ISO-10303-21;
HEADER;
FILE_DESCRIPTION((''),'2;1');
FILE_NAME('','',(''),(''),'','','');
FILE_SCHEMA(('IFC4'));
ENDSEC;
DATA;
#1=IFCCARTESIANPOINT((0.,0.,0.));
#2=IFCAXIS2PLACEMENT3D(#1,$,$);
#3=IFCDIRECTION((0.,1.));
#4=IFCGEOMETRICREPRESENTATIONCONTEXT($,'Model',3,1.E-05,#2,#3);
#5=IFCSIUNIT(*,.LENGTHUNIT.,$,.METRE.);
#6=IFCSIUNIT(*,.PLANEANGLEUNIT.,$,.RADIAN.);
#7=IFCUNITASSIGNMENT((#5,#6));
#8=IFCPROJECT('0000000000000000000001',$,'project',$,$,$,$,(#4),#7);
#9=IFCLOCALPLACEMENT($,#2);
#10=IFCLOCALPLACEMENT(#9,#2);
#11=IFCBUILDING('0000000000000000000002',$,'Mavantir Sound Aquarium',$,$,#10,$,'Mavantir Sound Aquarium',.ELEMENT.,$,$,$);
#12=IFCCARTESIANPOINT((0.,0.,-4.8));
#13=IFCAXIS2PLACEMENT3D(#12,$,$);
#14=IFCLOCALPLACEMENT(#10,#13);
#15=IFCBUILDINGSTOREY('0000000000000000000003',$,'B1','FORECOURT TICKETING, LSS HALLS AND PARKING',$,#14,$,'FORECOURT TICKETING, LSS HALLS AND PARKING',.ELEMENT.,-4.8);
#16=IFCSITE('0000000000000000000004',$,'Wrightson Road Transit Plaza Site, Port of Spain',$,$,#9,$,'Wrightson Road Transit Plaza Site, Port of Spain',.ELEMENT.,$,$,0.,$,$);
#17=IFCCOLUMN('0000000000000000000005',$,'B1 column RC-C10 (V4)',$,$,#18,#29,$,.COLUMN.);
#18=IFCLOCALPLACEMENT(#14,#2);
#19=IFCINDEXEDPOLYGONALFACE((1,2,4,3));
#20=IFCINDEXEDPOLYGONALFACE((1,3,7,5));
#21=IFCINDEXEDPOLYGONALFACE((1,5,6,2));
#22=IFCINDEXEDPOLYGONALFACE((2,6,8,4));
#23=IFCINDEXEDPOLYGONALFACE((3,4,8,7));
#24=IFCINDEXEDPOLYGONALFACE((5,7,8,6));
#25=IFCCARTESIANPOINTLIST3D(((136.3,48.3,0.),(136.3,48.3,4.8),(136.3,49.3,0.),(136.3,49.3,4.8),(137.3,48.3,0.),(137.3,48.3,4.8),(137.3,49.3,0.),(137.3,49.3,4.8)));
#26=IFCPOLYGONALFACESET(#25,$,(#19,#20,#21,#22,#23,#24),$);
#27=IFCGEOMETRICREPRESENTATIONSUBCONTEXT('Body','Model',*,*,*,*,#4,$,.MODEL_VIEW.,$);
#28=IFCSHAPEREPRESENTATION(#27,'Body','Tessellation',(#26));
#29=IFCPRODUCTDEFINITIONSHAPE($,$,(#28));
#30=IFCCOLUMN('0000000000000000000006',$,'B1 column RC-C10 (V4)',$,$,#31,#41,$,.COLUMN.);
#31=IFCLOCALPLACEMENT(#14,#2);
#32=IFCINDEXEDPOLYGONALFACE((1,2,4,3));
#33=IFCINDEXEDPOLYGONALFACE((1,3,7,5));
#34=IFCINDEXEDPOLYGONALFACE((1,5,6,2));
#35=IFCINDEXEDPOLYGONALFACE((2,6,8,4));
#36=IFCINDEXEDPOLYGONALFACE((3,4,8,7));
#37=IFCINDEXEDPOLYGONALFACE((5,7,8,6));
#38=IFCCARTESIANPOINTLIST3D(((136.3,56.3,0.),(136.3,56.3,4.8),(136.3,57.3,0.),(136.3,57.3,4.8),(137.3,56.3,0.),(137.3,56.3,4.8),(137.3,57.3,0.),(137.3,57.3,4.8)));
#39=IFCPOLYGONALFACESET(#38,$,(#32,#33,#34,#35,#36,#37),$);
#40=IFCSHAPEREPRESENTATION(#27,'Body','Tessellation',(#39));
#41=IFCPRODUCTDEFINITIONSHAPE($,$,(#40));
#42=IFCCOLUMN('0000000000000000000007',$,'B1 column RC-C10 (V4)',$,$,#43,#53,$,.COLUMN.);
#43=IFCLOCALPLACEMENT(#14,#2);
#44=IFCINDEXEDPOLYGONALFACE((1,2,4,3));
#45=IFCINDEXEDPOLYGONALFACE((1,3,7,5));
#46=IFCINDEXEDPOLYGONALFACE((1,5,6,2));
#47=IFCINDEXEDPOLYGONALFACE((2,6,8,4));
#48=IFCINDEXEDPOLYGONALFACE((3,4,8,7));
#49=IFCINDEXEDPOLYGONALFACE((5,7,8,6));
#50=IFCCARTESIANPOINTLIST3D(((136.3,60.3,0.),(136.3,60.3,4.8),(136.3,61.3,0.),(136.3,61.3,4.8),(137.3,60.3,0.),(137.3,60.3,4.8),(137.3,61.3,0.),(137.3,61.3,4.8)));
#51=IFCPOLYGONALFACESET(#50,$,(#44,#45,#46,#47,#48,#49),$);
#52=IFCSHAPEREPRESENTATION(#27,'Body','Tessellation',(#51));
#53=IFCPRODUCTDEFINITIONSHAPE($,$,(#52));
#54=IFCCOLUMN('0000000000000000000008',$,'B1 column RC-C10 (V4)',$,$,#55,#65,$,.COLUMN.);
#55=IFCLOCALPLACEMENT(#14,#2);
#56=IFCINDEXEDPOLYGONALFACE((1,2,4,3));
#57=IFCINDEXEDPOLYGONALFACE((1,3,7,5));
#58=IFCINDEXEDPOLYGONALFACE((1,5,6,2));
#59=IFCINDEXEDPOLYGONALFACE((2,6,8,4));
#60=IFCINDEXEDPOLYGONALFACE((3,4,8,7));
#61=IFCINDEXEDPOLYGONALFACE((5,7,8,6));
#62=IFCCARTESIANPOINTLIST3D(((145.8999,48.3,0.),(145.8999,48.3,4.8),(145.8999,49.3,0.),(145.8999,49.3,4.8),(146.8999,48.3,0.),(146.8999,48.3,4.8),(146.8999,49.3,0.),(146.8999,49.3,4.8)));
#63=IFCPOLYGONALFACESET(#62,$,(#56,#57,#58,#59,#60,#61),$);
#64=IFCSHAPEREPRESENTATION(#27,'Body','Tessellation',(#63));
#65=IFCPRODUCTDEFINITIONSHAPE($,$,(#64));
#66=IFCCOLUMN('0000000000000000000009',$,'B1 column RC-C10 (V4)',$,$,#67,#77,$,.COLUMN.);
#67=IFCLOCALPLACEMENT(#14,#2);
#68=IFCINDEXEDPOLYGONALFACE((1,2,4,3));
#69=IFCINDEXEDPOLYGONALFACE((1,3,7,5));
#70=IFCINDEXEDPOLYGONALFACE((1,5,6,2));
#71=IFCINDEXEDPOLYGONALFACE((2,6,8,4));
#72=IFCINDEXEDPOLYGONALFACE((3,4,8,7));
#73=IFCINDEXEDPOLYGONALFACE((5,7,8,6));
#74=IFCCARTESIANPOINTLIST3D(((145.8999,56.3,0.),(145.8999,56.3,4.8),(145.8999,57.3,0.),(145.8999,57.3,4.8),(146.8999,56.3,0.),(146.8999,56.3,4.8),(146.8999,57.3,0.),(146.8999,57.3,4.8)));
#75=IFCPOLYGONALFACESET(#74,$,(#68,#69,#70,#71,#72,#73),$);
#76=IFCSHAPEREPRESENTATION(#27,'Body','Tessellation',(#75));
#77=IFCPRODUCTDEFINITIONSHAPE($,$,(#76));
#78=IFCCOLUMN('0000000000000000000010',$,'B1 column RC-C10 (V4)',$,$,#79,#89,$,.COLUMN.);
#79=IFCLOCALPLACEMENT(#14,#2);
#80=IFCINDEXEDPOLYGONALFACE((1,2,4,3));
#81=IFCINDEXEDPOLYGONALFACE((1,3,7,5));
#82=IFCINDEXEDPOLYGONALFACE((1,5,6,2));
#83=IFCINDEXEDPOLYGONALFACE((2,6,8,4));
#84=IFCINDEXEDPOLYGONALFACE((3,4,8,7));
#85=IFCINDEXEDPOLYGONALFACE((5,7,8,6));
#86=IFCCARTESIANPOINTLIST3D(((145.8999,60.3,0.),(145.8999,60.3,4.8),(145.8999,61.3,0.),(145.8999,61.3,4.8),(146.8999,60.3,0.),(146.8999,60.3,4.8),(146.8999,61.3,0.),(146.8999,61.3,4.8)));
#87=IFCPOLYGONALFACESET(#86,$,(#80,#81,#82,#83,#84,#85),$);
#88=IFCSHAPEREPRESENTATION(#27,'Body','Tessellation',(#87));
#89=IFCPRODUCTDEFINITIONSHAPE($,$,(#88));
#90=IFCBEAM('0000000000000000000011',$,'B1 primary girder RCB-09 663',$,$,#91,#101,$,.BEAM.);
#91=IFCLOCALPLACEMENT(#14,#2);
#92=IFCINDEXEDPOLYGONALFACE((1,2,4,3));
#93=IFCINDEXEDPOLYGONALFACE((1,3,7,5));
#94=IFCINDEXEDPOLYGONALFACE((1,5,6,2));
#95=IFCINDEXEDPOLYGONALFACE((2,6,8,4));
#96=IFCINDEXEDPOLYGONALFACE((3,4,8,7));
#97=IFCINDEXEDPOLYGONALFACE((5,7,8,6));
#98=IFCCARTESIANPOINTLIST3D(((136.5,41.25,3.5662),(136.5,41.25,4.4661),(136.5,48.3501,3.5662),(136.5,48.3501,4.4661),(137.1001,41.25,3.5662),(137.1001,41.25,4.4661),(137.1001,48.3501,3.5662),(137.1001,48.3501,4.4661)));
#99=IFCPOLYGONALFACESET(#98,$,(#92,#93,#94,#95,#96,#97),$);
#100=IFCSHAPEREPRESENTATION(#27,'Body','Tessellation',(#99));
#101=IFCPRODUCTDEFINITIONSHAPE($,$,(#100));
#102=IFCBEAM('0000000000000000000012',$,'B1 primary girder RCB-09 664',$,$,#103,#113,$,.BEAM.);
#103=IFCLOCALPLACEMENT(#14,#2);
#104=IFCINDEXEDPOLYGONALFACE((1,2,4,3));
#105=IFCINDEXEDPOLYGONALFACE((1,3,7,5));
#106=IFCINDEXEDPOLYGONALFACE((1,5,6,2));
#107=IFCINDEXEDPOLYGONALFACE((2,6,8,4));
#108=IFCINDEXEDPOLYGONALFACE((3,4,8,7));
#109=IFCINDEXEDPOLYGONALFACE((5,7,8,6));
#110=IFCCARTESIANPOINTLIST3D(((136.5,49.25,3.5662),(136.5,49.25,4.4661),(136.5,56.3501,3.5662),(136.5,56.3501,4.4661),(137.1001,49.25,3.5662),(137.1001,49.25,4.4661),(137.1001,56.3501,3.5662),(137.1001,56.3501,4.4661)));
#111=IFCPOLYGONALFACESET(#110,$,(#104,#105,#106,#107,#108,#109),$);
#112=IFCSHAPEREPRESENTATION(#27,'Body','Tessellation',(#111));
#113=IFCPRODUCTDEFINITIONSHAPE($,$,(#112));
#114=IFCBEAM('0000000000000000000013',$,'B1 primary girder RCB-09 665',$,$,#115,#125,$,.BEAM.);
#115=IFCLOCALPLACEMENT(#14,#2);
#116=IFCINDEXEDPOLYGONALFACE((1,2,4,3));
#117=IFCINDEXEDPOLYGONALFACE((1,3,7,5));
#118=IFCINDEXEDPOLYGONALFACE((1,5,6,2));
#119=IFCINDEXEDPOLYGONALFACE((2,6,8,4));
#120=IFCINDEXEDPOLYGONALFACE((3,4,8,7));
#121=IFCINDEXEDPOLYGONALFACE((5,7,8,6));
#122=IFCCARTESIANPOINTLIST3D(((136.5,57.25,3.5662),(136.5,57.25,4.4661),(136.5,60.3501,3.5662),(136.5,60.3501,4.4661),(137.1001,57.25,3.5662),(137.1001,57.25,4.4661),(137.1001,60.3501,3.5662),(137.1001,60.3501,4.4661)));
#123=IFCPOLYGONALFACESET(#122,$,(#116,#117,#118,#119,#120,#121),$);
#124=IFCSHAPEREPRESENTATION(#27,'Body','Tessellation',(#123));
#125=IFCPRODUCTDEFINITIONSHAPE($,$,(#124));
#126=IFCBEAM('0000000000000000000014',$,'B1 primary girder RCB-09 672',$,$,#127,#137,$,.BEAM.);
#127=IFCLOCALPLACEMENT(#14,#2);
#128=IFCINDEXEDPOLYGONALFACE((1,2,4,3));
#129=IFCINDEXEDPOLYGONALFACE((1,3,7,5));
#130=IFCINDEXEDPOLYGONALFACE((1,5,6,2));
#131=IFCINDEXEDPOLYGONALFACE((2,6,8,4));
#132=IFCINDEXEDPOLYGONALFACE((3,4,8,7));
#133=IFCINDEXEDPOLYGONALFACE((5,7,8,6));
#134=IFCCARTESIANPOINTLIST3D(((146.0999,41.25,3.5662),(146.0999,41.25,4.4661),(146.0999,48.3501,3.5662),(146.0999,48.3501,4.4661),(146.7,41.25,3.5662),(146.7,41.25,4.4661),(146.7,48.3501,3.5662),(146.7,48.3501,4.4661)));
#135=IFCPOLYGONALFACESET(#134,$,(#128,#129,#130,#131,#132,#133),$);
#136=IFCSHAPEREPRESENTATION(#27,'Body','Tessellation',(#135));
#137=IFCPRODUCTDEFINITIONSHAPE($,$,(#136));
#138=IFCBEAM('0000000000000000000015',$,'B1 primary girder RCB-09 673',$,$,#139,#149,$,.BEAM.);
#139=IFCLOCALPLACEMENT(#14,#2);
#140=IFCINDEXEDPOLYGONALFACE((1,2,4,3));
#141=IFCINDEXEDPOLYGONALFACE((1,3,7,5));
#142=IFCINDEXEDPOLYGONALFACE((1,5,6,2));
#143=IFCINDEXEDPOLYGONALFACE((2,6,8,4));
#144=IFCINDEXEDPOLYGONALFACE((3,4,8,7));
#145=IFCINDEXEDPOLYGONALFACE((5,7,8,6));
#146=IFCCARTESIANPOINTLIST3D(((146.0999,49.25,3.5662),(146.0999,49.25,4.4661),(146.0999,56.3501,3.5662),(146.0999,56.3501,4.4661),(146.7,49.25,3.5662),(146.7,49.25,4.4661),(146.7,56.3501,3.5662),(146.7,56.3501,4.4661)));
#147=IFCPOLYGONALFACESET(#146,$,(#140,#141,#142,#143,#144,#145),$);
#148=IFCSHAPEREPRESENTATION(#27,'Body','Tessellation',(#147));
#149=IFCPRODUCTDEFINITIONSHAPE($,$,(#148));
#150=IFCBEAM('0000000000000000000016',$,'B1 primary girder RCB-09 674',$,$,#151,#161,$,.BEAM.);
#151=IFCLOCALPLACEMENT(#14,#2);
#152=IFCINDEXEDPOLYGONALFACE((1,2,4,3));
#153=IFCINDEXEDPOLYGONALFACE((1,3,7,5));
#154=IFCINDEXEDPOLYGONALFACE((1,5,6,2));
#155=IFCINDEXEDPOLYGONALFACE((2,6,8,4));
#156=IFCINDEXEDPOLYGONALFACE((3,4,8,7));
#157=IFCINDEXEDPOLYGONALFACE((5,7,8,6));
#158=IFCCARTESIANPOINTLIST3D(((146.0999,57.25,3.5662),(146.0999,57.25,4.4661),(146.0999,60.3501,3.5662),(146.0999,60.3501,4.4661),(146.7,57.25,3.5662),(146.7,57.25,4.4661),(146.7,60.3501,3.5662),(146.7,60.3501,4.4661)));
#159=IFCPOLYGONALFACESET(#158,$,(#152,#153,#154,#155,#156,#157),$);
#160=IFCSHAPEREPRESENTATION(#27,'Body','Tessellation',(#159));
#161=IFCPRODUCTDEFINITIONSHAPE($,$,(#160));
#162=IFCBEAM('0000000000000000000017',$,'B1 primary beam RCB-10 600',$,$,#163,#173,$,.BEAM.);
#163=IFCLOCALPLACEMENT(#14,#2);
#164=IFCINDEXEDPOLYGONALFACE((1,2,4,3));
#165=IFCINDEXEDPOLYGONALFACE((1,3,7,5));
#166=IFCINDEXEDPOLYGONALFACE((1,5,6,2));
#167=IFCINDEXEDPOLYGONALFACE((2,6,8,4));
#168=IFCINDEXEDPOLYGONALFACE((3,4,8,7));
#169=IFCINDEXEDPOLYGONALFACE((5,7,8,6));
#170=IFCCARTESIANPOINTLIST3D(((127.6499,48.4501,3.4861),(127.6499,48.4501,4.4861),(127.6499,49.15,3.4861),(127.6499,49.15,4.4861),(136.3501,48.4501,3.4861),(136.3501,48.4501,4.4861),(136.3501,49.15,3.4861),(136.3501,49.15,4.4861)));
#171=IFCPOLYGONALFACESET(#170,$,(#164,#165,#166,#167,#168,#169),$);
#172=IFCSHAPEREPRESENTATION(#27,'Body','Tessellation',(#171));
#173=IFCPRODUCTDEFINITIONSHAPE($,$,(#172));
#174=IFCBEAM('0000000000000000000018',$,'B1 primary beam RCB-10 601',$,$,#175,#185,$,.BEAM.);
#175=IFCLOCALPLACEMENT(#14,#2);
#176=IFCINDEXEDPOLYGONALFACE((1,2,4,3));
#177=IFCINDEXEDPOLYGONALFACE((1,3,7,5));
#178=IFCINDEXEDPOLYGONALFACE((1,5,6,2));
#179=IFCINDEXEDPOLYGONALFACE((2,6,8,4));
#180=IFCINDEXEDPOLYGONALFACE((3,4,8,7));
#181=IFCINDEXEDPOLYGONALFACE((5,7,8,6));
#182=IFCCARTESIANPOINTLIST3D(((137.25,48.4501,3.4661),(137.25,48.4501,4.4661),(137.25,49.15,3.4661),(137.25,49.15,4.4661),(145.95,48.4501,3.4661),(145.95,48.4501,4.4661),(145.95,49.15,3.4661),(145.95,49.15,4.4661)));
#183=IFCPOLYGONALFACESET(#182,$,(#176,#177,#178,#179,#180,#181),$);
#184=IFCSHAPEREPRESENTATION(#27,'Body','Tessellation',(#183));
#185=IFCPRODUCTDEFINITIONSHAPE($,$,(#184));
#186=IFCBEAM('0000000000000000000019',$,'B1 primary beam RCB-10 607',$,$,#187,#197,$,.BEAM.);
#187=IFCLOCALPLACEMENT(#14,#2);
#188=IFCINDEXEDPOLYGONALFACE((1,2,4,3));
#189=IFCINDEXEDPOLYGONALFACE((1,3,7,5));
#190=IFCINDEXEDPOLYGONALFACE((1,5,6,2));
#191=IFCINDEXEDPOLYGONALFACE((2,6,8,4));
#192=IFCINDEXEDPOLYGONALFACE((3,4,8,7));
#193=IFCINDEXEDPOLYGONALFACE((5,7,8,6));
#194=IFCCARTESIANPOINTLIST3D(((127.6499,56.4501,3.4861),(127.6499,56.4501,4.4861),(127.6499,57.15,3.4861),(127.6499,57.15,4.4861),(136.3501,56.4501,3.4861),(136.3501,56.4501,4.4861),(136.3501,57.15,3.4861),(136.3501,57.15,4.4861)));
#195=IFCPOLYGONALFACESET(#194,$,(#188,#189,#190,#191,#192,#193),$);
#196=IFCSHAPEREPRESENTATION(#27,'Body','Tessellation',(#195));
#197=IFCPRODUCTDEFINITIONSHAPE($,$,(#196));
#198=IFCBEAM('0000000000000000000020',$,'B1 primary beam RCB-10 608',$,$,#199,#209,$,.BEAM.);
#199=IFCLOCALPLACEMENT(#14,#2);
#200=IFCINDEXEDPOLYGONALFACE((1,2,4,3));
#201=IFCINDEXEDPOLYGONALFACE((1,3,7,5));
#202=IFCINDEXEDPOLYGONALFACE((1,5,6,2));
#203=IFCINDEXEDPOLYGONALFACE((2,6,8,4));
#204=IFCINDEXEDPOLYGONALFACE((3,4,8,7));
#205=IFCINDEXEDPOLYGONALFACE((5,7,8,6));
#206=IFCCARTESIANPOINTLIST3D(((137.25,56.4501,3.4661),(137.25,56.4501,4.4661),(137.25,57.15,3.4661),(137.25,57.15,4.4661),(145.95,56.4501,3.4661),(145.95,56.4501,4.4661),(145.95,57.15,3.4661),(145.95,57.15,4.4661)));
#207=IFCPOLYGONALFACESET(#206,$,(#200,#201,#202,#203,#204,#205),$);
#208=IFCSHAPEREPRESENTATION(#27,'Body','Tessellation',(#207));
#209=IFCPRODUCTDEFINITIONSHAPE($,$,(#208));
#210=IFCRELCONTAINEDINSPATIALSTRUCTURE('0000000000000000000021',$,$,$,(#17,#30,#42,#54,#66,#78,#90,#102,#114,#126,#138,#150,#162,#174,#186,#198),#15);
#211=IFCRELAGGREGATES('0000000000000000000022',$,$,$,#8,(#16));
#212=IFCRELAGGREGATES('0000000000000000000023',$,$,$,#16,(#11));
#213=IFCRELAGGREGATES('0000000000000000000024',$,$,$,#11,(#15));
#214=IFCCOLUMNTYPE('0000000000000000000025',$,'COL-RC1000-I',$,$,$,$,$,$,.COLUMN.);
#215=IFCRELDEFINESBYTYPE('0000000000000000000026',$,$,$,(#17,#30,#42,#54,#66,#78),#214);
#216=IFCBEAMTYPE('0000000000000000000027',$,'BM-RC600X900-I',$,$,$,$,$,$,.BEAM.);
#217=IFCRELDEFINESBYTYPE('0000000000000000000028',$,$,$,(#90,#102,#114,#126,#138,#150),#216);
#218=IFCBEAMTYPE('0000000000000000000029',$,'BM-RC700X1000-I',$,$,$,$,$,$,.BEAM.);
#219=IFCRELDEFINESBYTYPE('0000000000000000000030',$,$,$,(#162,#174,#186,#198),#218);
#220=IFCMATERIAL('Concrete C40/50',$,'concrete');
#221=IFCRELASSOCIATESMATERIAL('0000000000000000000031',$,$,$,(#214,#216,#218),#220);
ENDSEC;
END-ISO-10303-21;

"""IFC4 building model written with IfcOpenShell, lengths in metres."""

from ifc_helpers import new_model, si_unit, direction, frame, origin, origin_2d, place, context, subcontext, project, spatial, rectangle, extrude, material, material_profile, profile_set, type_object, element, save


model = new_model("IFC4")

# Units and contexts
model_context = context("Model", 3, precision=1e-05, world=origin(), true_north=direction((0.0, 1.0)))
body_context = subcontext(model_context, "Body", "Model", "MODEL_VIEW")
ifc_project = project(units=[si_unit("LENGTHUNIT", "METRE"), si_unit("PLANEANGLEUNIT", "RADIAN")], contexts=[model_context])

# Site, building, storey
site_placement = place(None, origin())
site = spatial("IfcSite", under=ifc_project, at=site_placement, Name="Wrightson Road Transit Plaza Site, Port of Spain", LongName="Wrightson Road Transit Plaza Site, Port of Spain", CompositionType="ELEMENT", RefElevation=0.0)
building_placement = place(site_placement, origin())
building = spatial("IfcBuilding", under=site, at=building_placement, Name="Mavantir Sound Aquarium", LongName="Mavantir Sound Aquarium", CompositionType="ELEMENT")
storey_placement = place(building_placement, frame((0.0, 0.0, -4.8)))
storey = spatial("IfcBuildingStorey", under=building, at=storey_placement, Name="B1", Description="FORECOURT TICKETING, LSS HALLS AND PARKING", LongName="FORECOURT TICKETING, LSS HALLS AND PARKING", CompositionType="ELEMENT", Elevation=-4.8)

# Columns
ifc_material_1 = material(Name="Concrete C40/50", Category="concrete")
ifc_material_profile_1 = material_profile(ifc_material_1, rectangle(XDim=1.0, YDim=1.0, at=origin_2d()), Name="RC 1000X1000")
ifc_profile_set_1 = profile_set([ifc_material_profile_1], Name="Concrete C40/50")
column_type = type_object("IfcColumnType", Name="COL-RC1000-I", PredefinedType="COLUMN", material=ifc_profile_set_1)
for number, where, z_axis, x_axis, name in (
    (1, (136.8, 48.8, 0.0), (0.0, 0.0, 1.0), (1.0, 0.0, 0.0), "B1 column RC-C10 (V4)"),
    (2, (136.8, 56.8, 0.0), (0.0, 0.0, 1.0), (1.0, 0.0, 0.0), "B1 column RC-C10 (V4)"),
    (3, (136.8, 60.8, 0.0), (0.0, 0.0, 1.0), (1.0, 0.0, 0.0), "B1 column RC-C10 (V4)"),
    (4, (146.3999, 48.8, 0.0), (0.0, 0.0, 1.0), (1.0, 0.0, 0.0), "B1 column RC-C10 (V4)"),
    (5, (146.3999, 56.8, 0.0), (0.0, 0.0, 1.0), (1.0, 0.0, 0.0), "B1 column RC-C10 (V4)"),
    (6, (146.3999, 60.8, 0.0), (0.0, 0.0, 1.0), (1.0, 0.0, 0.0), "B1 column RC-C10 (V4)"),
):
    element("IfcColumn", number, at=place(storey_placement, frame(where, z_axis=z_axis, x_axis=x_axis)), inside=storey, type_object=column_type, Name=name, PredefinedType="COLUMN", context=body_context, shape_type="SweptSolid", body=[
        extrude(rectangle(XDim=1.0, YDim=1.0, at=origin_2d()), origin(), (0.0, 0.0, 1.0), 4.8),
    ])

# Beams
ifc_material_profile_2 = material_profile(ifc_material_1, rectangle(XDim=0.6001, YDim=0.8999, at=origin_2d()), Name="RC 600X900")
ifc_profile_set_2 = profile_set([ifc_material_profile_2], Name="Concrete C40/50")
beam_type_1 = type_object("IfcBeamType", Name="BM-RC600X900-I", PredefinedType="BEAM", material=ifc_profile_set_2)
for number, where, z_axis, x_axis, name in (
    (7, (136.8, 41.25, 4.0161), (0.0, 1.0, 0.0), (-1.0, 0.0, 0.0), "B1 primary girder RCB-09 663"),
    (8, (136.8, 49.25, 4.0161), (0.0, 1.0, 0.0), (-1.0, 0.0, 0.0), "B1 primary girder RCB-09 664"),
):
    element("IfcBeam", number, at=place(storey_placement, frame(where, z_axis=z_axis, x_axis=x_axis)), inside=storey, type_object=beam_type_1, Name=name, PredefinedType="BEAM", context=body_context, shape_type="SweptSolid", body=[
        extrude(rectangle(XDim=0.6001, YDim=0.8999, at=origin_2d()), origin(), (0.0, 0.0, 1.0), 7.1001),
    ])
beam_1_placement = place(storey_placement, frame((136.8, 57.25, 4.0161), z_axis=(0.0, 1.0, 0.0), x_axis=(-1.0, 0.0, 0.0)))
element("IfcBeam", 9, at=beam_1_placement, inside=storey, type_object=beam_type_1, Name="B1 primary girder RCB-09 665", PredefinedType="BEAM", context=body_context, shape_type="SweptSolid", body=[
    extrude(rectangle(XDim=0.6001, YDim=0.8999, at=origin_2d()), origin(), (0.0, 0.0, 1.0), 3.1001),
])
for number, where, z_axis, x_axis, name in (
    (10, (146.3999, 41.25, 4.0161), (0.0, 1.0, 0.0), (-1.0, 0.0, 0.0), "B1 primary girder RCB-09 672"),
    (11, (146.3999, 49.25, 4.0161), (0.0, 1.0, 0.0), (-1.0, 0.0, 0.0), "B1 primary girder RCB-09 673"),
):
    element("IfcBeam", number, at=place(storey_placement, frame(where, z_axis=z_axis, x_axis=x_axis)), inside=storey, type_object=beam_type_1, Name=name, PredefinedType="BEAM", context=body_context, shape_type="SweptSolid", body=[
        extrude(rectangle(XDim=0.6001, YDim=0.8999, at=origin_2d()), origin(), (0.0, 0.0, 1.0), 7.1001),
    ])
beam_2_placement = place(storey_placement, frame((146.3999, 57.25, 4.0161), z_axis=(0.0, 1.0, 0.0), x_axis=(-1.0, 0.0, 0.0)))
element("IfcBeam", 12, at=beam_2_placement, inside=storey, type_object=beam_type_1, Name="B1 primary girder RCB-09 674", PredefinedType="BEAM", context=body_context, shape_type="SweptSolid", body=[
    extrude(rectangle(XDim=0.6001, YDim=0.8999, at=origin_2d()), origin(), (0.0, 0.0, 1.0), 3.1001),
])
ifc_material_profile_3 = material_profile(ifc_material_1, rectangle(XDim=0.7, YDim=1.0, at=origin_2d()), Name="RC 700X1000")
ifc_profile_set_3 = profile_set([ifc_material_profile_3], Name="Concrete C40/50")
beam_type_2 = type_object("IfcBeamType", Name="BM-RC700X1000-I", PredefinedType="BEAM", material=ifc_profile_set_3)
beam_3_placement = place(storey_placement, frame((127.6499, 48.8, 3.9861), z_axis=(1.0, 0.0, 0.0), x_axis=(0.0, 1.0, 0.0)))
element("IfcBeam", 13, at=beam_3_placement, inside=storey, type_object=beam_type_2, Name="B1 primary beam RCB-10 600", PredefinedType="BEAM", context=body_context, shape_type="SweptSolid", body=[
    extrude(rectangle(XDim=0.7, YDim=1.0, at=origin_2d()), origin(), (0.0, 0.0, 1.0), 8.7002),
])
beam_4_placement = place(storey_placement, frame((137.25, 48.8, 3.9661), z_axis=(1.0, 0.0, 0.0), x_axis=(0.0, 1.0, 0.0)))
element("IfcBeam", 14, at=beam_4_placement, inside=storey, type_object=beam_type_2, Name="B1 primary beam RCB-10 601", PredefinedType="BEAM", context=body_context, shape_type="SweptSolid", body=[
    extrude(rectangle(XDim=0.7, YDim=1.0, at=origin_2d()), origin(), (0.0, 0.0, 1.0), 8.7),
])
beam_5_placement = place(storey_placement, frame((127.6499, 56.8, 3.9861), z_axis=(1.0, 0.0, 0.0), x_axis=(0.0, 1.0, 0.0)))
element("IfcBeam", 15, at=beam_5_placement, inside=storey, type_object=beam_type_2, Name="B1 primary beam RCB-10 607", PredefinedType="BEAM", context=body_context, shape_type="SweptSolid", body=[
    extrude(rectangle(XDim=0.7, YDim=1.0, at=origin_2d()), origin(), (0.0, 0.0, 1.0), 8.7002),
])
beam_6_placement = place(storey_placement, frame((137.25, 56.8, 3.9661), z_axis=(1.0, 0.0, 0.0), x_axis=(0.0, 1.0, 0.0)))
element("IfcBeam", 16, at=beam_6_placement, inside=storey, type_object=beam_type_2, Name="B1 primary beam RCB-10 608", PredefinedType="BEAM", context=body_context, shape_type="SweptSolid", body=[
    extrude(rectangle(XDim=0.7, YDim=1.0, at=origin_2d()), origin(), (0.0, 0.0, 1.0), 8.7),
])

save(model, "model.ifc")
